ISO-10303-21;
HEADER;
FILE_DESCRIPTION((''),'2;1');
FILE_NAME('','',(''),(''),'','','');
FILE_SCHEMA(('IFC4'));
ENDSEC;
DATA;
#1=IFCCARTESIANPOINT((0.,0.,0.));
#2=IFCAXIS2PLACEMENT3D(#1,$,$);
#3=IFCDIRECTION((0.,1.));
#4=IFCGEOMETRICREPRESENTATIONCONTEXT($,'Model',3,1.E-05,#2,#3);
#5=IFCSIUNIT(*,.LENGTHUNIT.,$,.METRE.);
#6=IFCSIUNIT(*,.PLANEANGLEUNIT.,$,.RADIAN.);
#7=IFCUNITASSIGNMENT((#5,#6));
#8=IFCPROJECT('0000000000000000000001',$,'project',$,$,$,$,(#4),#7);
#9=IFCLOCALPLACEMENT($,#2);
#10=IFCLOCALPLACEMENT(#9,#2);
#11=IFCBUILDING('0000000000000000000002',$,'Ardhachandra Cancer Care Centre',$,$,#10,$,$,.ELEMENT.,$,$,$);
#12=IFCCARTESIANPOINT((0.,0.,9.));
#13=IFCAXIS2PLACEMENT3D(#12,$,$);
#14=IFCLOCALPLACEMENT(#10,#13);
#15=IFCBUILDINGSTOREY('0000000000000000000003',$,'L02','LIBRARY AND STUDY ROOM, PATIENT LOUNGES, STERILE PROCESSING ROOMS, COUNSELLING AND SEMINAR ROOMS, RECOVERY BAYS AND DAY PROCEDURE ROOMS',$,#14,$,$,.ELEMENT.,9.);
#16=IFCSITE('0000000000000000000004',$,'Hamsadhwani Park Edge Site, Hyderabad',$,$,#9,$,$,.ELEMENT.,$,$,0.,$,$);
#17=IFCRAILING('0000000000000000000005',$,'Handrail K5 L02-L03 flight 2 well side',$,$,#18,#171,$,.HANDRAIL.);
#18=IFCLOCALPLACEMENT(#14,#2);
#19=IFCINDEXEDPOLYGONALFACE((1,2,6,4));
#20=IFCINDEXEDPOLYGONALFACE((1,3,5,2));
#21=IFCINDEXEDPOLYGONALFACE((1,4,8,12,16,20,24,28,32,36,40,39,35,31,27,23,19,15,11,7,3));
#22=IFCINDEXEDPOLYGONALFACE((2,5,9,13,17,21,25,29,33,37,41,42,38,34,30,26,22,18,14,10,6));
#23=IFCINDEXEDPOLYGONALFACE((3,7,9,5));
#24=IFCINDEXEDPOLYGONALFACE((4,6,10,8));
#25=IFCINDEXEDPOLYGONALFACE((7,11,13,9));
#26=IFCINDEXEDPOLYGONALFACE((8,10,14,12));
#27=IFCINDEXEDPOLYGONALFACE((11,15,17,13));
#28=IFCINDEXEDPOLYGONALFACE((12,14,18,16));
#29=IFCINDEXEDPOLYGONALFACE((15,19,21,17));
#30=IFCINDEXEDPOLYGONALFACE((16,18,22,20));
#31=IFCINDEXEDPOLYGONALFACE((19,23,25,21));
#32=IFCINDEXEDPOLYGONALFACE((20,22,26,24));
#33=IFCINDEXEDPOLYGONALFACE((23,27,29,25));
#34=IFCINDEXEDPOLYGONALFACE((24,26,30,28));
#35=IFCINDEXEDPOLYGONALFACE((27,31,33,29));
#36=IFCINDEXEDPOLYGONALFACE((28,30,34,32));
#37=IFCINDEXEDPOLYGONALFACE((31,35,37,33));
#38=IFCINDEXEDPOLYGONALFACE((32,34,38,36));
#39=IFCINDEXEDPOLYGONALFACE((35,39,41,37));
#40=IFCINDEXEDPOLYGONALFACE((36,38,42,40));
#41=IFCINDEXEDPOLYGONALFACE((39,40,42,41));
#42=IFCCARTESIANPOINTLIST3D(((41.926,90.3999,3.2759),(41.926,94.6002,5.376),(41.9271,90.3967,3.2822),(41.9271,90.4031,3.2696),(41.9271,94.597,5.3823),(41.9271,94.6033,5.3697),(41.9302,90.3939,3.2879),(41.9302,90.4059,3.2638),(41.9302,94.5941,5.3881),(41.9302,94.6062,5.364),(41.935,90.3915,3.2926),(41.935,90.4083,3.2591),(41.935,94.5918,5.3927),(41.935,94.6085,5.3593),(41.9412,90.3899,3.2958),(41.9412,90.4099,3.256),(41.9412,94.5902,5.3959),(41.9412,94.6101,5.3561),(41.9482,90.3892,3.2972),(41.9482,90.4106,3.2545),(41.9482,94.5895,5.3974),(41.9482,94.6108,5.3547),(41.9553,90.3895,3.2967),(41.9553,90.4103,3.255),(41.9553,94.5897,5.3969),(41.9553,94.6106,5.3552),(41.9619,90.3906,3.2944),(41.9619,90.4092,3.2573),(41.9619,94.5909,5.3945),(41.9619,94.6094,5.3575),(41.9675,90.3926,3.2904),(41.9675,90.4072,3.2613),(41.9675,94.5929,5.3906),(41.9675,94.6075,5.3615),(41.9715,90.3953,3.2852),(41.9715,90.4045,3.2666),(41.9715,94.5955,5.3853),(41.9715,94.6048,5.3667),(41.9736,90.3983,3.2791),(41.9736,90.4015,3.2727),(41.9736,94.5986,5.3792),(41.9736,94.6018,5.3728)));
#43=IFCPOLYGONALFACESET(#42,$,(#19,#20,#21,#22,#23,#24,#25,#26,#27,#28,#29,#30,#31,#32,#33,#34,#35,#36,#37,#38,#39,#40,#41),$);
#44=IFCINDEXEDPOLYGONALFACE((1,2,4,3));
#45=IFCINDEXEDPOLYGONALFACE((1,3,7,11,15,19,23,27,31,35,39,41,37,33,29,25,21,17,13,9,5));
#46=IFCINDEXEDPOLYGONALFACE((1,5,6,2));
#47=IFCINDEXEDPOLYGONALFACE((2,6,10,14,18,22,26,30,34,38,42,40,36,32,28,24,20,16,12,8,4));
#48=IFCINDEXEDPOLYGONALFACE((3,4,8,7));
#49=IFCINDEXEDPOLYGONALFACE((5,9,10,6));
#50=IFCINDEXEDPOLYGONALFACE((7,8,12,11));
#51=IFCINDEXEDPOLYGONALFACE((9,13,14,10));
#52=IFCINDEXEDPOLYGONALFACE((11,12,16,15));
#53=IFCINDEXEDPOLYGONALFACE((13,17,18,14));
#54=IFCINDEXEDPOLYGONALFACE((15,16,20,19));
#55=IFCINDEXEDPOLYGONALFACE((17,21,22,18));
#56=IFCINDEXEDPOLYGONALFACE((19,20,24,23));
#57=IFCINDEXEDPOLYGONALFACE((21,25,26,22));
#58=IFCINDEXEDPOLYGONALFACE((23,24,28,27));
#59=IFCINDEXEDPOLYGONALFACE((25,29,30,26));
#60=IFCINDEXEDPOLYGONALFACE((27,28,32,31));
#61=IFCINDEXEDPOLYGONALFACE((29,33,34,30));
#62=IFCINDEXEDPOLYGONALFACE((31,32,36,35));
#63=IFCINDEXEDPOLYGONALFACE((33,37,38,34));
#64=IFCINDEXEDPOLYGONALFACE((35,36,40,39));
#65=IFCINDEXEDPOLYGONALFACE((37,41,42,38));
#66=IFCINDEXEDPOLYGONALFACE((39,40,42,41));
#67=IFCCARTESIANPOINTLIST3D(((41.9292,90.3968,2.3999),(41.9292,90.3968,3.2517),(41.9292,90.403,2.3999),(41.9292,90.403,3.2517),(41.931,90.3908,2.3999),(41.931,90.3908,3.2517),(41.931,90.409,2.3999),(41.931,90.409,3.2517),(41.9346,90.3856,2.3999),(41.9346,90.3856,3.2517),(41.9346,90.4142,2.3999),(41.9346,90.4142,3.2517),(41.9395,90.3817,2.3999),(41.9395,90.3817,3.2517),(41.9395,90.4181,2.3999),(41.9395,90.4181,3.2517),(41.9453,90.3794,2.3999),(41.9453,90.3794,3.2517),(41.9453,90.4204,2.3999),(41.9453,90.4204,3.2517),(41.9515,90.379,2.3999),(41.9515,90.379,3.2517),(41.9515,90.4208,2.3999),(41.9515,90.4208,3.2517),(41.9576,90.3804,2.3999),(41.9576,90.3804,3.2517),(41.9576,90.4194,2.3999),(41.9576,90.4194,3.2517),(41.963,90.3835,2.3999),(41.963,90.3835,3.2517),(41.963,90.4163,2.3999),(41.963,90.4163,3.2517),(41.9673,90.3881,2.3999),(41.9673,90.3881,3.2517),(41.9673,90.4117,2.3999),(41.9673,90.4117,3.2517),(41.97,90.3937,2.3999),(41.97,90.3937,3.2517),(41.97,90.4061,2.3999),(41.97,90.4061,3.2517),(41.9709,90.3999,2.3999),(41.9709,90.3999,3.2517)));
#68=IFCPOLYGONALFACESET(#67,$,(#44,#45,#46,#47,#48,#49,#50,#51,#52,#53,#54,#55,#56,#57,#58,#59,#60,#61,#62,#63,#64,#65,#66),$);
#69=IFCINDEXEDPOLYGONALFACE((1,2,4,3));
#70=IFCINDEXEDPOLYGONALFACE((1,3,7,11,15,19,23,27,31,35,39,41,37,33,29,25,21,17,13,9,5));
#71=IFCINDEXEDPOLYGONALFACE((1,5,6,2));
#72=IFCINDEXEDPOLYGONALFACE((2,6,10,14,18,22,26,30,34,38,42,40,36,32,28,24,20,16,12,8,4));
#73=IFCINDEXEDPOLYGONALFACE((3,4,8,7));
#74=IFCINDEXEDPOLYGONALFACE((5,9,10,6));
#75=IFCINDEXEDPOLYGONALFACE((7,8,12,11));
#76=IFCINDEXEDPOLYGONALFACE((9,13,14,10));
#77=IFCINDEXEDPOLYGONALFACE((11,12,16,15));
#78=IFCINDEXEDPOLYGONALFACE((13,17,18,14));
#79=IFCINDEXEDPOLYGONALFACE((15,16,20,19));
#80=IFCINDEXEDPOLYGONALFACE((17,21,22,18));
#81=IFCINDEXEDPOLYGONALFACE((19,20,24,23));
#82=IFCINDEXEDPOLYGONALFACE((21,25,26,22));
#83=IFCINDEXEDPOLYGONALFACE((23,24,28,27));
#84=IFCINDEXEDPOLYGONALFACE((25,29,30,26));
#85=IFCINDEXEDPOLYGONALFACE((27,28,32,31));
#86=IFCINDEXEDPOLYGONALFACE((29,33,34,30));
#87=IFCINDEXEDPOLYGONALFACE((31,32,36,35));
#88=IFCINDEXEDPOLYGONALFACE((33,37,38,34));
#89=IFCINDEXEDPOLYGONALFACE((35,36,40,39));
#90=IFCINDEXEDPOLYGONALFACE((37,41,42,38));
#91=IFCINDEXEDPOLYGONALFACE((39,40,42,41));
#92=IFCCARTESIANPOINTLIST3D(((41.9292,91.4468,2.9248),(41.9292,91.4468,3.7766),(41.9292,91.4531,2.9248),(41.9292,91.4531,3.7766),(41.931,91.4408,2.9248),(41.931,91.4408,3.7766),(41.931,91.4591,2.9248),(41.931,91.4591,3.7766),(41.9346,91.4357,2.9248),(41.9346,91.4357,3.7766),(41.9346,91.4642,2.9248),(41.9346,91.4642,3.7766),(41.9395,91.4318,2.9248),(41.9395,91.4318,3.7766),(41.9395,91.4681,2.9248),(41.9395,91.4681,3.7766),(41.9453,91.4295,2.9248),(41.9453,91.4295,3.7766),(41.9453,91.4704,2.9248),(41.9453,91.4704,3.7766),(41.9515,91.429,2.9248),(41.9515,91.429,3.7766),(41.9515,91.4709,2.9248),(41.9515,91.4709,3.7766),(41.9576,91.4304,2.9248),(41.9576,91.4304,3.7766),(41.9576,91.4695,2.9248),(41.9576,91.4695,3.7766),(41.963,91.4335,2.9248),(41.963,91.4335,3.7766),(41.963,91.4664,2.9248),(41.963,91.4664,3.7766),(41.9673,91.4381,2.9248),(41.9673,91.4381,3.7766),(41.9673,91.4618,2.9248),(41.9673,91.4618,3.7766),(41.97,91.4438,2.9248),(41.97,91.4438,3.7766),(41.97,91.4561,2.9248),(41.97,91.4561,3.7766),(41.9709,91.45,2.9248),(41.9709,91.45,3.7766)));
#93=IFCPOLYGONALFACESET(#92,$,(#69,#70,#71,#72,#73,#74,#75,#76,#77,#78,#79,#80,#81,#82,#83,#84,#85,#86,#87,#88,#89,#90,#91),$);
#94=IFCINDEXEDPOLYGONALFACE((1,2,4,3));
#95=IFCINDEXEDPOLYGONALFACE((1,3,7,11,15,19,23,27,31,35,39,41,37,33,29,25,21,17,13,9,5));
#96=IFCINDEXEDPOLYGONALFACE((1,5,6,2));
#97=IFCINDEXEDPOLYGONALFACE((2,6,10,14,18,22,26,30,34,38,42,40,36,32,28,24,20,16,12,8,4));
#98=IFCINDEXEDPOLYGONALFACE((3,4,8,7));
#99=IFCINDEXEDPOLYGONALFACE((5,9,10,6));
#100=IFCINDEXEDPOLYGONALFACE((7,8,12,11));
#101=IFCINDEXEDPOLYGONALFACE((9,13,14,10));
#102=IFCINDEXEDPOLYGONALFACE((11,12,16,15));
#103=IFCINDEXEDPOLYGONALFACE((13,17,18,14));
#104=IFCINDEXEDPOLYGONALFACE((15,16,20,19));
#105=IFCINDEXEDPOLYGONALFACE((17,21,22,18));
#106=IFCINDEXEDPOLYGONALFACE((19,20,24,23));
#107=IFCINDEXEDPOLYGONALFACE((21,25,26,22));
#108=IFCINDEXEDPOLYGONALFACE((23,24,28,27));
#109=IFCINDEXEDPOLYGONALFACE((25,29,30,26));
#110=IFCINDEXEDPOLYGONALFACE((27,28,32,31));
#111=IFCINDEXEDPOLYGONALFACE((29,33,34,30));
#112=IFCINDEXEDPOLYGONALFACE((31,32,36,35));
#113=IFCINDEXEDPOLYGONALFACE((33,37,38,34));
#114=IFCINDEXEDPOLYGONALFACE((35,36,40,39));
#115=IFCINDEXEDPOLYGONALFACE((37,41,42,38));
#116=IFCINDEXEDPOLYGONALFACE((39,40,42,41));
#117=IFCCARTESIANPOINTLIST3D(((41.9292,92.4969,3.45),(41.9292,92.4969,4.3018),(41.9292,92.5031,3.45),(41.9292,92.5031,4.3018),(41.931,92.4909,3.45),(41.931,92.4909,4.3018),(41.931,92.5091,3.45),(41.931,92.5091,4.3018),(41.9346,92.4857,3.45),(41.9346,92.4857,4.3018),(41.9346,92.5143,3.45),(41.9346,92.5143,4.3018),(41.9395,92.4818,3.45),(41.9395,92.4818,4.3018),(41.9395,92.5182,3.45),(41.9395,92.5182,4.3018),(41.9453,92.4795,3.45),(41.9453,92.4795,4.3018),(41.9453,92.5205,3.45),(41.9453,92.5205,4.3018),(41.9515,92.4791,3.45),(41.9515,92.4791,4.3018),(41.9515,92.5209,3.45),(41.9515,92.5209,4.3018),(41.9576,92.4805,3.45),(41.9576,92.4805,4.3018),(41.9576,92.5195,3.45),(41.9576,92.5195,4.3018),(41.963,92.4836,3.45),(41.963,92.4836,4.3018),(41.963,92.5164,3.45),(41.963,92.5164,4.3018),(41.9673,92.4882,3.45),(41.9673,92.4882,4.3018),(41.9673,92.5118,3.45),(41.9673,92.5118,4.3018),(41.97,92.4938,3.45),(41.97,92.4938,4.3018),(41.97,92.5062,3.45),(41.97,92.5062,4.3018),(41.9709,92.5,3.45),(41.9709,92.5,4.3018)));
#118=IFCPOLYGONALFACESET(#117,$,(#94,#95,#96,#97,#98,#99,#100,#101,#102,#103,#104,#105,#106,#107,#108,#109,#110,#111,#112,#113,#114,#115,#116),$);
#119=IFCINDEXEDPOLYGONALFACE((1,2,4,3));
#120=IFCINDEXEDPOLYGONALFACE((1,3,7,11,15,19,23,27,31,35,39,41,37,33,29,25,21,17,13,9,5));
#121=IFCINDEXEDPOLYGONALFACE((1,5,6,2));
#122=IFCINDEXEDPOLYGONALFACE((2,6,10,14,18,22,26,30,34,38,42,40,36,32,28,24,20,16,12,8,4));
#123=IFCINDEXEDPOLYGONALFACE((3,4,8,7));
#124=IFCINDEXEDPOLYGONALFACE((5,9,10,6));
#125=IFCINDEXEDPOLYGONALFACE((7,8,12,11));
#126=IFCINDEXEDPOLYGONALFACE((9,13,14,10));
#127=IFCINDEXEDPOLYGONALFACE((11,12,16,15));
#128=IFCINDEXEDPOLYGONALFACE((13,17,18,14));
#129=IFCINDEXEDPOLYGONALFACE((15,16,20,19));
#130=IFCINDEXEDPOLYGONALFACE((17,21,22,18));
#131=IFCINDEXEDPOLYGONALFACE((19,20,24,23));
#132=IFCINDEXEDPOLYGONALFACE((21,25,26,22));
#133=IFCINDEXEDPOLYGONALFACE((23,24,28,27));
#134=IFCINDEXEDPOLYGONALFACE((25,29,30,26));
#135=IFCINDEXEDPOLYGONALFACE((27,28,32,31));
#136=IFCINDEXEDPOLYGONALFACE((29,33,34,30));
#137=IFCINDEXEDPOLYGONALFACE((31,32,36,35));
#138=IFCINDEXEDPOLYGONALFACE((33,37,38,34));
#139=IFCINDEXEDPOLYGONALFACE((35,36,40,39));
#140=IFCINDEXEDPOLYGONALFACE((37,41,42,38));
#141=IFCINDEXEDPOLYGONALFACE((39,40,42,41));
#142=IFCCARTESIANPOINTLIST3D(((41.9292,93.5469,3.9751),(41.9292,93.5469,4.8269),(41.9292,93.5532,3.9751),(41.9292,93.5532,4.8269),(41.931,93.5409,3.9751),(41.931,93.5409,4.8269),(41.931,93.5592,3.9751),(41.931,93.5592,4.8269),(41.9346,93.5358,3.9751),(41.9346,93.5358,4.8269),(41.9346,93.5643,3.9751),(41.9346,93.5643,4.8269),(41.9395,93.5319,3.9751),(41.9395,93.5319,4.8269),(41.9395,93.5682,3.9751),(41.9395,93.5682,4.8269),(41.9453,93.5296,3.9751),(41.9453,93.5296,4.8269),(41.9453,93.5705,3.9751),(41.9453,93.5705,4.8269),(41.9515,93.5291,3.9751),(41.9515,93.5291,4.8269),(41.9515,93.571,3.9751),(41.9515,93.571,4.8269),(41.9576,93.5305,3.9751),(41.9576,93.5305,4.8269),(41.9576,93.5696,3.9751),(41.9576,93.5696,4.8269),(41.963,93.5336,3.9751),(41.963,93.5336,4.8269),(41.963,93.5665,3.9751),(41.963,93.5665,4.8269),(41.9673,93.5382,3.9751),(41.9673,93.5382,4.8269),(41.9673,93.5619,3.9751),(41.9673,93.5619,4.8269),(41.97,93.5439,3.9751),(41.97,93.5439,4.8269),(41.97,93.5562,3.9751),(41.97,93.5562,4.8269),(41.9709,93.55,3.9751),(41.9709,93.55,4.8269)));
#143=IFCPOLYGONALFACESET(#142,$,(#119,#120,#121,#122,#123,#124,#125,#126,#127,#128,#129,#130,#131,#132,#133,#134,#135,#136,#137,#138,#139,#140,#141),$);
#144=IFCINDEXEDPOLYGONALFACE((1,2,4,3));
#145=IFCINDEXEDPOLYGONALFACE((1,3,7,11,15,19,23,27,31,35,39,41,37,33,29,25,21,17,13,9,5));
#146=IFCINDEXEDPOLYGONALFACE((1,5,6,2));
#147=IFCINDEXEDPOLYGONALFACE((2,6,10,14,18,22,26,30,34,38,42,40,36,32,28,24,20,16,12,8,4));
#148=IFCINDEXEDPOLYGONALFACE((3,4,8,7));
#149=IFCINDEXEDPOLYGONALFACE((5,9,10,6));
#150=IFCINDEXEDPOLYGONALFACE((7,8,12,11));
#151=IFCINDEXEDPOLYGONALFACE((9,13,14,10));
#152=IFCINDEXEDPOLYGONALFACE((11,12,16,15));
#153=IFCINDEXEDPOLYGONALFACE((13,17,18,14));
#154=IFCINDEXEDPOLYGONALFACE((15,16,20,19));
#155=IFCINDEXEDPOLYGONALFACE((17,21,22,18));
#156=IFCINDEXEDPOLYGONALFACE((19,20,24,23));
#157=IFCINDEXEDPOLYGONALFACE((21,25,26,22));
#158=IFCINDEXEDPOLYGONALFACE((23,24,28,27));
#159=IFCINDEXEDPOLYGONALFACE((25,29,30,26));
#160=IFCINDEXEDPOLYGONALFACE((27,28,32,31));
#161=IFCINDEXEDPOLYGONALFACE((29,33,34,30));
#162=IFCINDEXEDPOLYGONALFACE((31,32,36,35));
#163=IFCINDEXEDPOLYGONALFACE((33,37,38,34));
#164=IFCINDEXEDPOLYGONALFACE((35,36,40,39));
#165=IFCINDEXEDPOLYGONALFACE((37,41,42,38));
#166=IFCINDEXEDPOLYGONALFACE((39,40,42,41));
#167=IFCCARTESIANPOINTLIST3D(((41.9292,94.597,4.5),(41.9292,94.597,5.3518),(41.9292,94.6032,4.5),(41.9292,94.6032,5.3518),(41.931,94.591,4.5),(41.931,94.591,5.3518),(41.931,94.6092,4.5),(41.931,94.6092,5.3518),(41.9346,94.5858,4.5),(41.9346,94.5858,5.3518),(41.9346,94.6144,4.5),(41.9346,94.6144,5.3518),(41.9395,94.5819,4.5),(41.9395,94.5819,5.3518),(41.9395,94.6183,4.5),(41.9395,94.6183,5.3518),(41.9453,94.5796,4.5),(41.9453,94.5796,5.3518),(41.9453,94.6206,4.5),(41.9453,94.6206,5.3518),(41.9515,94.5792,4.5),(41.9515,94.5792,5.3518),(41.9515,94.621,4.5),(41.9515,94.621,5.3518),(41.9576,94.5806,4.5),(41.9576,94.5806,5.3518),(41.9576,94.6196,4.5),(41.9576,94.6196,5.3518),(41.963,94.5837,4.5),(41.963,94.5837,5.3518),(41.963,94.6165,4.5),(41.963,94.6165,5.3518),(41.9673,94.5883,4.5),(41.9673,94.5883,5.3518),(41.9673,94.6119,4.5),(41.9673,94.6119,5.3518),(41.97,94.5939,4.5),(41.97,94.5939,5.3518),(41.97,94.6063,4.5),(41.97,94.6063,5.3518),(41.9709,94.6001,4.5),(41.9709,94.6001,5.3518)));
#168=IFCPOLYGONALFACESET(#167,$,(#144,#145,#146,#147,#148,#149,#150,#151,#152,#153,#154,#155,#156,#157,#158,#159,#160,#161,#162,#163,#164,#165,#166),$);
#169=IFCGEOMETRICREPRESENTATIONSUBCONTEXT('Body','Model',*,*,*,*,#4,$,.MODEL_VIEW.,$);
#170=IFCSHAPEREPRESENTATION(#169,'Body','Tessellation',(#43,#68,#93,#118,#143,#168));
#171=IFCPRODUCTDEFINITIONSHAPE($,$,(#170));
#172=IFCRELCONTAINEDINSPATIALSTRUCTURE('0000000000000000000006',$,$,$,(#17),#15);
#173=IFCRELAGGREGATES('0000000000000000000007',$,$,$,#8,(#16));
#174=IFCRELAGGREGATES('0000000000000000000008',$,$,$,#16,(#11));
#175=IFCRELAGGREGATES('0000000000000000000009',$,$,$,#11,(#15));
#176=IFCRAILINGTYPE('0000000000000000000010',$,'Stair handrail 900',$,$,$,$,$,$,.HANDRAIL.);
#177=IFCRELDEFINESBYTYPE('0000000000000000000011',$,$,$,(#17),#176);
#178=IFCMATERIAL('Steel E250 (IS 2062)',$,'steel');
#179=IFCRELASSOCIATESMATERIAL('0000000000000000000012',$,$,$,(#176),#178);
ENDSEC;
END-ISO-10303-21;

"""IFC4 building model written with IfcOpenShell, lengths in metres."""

from ifc_helpers import new_model, si_unit, direction, frame, origin, origin_2d, place, context, subcontext, project, spatial, circle, extrude, material, type_object, element, save


model = new_model("IFC4")

# Units and contexts
model_context = context("Model", 3, precision=1e-05, world=origin(), true_north=direction((0.0, 1.0)))
body_context = subcontext(model_context, "Body", "Model", "MODEL_VIEW")
ifc_project = project(units=[si_unit("LENGTHUNIT", "METRE"), si_unit("PLANEANGLEUNIT", "RADIAN")], contexts=[model_context])

# Site, building, storey
site_placement = place(None, origin())
site = spatial("IfcSite", under=ifc_project, at=site_placement, Name="Hamsadhwani Park Edge Site, Hyderabad", CompositionType="ELEMENT", RefElevation=0.0)
building_placement = place(site_placement, origin())
building = spatial("IfcBuilding", under=site, at=building_placement, Name="Ardhachandra Cancer Care Centre", CompositionType="ELEMENT")
storey_placement = place(building_placement, frame((0.0, 0.0, 9.0)))
storey = spatial("IfcBuildingStorey", under=building, at=storey_placement, Name="L02", Description="LIBRARY AND STUDY ROOM, PATIENT LOUNGES, STERILE PROCESSING ROOMS, COUNSELLING AND SEMINAR ROOMS, RECOVERY BAYS AND DAY PROCEDURE ROOMS", CompositionType="ELEMENT", Elevation=9.0)

# Railing
ifc_material_1 = material(Name="Steel E250 (IS 2062)", Category="steel")
railing_type_1 = type_object("IfcRailingType", Name="Stair handrail 900", PredefinedType="HANDRAIL", material=ifc_material_1)
for number, where, name in (
    (1, (41.95, 90.3999, 2.3999), "Handrail K5 L02-L03 flight 2 well side"),
):
    element("IfcRailing", number, at=place(storey_placement, frame(where)), inside=storey, type_object=railing_type_1, Name=name, PredefinedType="HANDRAIL", context=body_context, shape_type="SweptSolid", body=[
        extrude(circle(Radius=0.0239, at=origin_2d()), frame((0.0, 0.0, 0.876), z_axis=(0.0, 0.894427, 0.447214), x_axis=(-1.0, 0.0, 0.0)), (0.0, 0.0, 1.0), 4.696),
        extrude(circle(Radius=0.021, at=origin_2d()), origin(), (0.0, 0.0, 1.0), 0.8518),
        extrude(circle(Radius=0.021, at=origin_2d()), frame((0.0, 1.05, 0.5249)), (0.0, 0.0, 1.0), 0.8518),
        extrude(circle(Radius=0.021, at=origin_2d()), frame((0.0, 2.1001, 1.05)), (0.0, 0.0, 1.0), 0.8518),
        extrude(circle(Radius=0.021, at=origin_2d()), frame((0.0, 3.1501, 1.5752)), (0.0, 0.0, 1.0), 0.8518),
        extrude(circle(Radius=0.021, at=origin_2d()), frame((0.0, 4.2002, 2.1001)), (0.0, 0.0, 1.0), 0.8518),
    ])

save(model, "model.ifc")
